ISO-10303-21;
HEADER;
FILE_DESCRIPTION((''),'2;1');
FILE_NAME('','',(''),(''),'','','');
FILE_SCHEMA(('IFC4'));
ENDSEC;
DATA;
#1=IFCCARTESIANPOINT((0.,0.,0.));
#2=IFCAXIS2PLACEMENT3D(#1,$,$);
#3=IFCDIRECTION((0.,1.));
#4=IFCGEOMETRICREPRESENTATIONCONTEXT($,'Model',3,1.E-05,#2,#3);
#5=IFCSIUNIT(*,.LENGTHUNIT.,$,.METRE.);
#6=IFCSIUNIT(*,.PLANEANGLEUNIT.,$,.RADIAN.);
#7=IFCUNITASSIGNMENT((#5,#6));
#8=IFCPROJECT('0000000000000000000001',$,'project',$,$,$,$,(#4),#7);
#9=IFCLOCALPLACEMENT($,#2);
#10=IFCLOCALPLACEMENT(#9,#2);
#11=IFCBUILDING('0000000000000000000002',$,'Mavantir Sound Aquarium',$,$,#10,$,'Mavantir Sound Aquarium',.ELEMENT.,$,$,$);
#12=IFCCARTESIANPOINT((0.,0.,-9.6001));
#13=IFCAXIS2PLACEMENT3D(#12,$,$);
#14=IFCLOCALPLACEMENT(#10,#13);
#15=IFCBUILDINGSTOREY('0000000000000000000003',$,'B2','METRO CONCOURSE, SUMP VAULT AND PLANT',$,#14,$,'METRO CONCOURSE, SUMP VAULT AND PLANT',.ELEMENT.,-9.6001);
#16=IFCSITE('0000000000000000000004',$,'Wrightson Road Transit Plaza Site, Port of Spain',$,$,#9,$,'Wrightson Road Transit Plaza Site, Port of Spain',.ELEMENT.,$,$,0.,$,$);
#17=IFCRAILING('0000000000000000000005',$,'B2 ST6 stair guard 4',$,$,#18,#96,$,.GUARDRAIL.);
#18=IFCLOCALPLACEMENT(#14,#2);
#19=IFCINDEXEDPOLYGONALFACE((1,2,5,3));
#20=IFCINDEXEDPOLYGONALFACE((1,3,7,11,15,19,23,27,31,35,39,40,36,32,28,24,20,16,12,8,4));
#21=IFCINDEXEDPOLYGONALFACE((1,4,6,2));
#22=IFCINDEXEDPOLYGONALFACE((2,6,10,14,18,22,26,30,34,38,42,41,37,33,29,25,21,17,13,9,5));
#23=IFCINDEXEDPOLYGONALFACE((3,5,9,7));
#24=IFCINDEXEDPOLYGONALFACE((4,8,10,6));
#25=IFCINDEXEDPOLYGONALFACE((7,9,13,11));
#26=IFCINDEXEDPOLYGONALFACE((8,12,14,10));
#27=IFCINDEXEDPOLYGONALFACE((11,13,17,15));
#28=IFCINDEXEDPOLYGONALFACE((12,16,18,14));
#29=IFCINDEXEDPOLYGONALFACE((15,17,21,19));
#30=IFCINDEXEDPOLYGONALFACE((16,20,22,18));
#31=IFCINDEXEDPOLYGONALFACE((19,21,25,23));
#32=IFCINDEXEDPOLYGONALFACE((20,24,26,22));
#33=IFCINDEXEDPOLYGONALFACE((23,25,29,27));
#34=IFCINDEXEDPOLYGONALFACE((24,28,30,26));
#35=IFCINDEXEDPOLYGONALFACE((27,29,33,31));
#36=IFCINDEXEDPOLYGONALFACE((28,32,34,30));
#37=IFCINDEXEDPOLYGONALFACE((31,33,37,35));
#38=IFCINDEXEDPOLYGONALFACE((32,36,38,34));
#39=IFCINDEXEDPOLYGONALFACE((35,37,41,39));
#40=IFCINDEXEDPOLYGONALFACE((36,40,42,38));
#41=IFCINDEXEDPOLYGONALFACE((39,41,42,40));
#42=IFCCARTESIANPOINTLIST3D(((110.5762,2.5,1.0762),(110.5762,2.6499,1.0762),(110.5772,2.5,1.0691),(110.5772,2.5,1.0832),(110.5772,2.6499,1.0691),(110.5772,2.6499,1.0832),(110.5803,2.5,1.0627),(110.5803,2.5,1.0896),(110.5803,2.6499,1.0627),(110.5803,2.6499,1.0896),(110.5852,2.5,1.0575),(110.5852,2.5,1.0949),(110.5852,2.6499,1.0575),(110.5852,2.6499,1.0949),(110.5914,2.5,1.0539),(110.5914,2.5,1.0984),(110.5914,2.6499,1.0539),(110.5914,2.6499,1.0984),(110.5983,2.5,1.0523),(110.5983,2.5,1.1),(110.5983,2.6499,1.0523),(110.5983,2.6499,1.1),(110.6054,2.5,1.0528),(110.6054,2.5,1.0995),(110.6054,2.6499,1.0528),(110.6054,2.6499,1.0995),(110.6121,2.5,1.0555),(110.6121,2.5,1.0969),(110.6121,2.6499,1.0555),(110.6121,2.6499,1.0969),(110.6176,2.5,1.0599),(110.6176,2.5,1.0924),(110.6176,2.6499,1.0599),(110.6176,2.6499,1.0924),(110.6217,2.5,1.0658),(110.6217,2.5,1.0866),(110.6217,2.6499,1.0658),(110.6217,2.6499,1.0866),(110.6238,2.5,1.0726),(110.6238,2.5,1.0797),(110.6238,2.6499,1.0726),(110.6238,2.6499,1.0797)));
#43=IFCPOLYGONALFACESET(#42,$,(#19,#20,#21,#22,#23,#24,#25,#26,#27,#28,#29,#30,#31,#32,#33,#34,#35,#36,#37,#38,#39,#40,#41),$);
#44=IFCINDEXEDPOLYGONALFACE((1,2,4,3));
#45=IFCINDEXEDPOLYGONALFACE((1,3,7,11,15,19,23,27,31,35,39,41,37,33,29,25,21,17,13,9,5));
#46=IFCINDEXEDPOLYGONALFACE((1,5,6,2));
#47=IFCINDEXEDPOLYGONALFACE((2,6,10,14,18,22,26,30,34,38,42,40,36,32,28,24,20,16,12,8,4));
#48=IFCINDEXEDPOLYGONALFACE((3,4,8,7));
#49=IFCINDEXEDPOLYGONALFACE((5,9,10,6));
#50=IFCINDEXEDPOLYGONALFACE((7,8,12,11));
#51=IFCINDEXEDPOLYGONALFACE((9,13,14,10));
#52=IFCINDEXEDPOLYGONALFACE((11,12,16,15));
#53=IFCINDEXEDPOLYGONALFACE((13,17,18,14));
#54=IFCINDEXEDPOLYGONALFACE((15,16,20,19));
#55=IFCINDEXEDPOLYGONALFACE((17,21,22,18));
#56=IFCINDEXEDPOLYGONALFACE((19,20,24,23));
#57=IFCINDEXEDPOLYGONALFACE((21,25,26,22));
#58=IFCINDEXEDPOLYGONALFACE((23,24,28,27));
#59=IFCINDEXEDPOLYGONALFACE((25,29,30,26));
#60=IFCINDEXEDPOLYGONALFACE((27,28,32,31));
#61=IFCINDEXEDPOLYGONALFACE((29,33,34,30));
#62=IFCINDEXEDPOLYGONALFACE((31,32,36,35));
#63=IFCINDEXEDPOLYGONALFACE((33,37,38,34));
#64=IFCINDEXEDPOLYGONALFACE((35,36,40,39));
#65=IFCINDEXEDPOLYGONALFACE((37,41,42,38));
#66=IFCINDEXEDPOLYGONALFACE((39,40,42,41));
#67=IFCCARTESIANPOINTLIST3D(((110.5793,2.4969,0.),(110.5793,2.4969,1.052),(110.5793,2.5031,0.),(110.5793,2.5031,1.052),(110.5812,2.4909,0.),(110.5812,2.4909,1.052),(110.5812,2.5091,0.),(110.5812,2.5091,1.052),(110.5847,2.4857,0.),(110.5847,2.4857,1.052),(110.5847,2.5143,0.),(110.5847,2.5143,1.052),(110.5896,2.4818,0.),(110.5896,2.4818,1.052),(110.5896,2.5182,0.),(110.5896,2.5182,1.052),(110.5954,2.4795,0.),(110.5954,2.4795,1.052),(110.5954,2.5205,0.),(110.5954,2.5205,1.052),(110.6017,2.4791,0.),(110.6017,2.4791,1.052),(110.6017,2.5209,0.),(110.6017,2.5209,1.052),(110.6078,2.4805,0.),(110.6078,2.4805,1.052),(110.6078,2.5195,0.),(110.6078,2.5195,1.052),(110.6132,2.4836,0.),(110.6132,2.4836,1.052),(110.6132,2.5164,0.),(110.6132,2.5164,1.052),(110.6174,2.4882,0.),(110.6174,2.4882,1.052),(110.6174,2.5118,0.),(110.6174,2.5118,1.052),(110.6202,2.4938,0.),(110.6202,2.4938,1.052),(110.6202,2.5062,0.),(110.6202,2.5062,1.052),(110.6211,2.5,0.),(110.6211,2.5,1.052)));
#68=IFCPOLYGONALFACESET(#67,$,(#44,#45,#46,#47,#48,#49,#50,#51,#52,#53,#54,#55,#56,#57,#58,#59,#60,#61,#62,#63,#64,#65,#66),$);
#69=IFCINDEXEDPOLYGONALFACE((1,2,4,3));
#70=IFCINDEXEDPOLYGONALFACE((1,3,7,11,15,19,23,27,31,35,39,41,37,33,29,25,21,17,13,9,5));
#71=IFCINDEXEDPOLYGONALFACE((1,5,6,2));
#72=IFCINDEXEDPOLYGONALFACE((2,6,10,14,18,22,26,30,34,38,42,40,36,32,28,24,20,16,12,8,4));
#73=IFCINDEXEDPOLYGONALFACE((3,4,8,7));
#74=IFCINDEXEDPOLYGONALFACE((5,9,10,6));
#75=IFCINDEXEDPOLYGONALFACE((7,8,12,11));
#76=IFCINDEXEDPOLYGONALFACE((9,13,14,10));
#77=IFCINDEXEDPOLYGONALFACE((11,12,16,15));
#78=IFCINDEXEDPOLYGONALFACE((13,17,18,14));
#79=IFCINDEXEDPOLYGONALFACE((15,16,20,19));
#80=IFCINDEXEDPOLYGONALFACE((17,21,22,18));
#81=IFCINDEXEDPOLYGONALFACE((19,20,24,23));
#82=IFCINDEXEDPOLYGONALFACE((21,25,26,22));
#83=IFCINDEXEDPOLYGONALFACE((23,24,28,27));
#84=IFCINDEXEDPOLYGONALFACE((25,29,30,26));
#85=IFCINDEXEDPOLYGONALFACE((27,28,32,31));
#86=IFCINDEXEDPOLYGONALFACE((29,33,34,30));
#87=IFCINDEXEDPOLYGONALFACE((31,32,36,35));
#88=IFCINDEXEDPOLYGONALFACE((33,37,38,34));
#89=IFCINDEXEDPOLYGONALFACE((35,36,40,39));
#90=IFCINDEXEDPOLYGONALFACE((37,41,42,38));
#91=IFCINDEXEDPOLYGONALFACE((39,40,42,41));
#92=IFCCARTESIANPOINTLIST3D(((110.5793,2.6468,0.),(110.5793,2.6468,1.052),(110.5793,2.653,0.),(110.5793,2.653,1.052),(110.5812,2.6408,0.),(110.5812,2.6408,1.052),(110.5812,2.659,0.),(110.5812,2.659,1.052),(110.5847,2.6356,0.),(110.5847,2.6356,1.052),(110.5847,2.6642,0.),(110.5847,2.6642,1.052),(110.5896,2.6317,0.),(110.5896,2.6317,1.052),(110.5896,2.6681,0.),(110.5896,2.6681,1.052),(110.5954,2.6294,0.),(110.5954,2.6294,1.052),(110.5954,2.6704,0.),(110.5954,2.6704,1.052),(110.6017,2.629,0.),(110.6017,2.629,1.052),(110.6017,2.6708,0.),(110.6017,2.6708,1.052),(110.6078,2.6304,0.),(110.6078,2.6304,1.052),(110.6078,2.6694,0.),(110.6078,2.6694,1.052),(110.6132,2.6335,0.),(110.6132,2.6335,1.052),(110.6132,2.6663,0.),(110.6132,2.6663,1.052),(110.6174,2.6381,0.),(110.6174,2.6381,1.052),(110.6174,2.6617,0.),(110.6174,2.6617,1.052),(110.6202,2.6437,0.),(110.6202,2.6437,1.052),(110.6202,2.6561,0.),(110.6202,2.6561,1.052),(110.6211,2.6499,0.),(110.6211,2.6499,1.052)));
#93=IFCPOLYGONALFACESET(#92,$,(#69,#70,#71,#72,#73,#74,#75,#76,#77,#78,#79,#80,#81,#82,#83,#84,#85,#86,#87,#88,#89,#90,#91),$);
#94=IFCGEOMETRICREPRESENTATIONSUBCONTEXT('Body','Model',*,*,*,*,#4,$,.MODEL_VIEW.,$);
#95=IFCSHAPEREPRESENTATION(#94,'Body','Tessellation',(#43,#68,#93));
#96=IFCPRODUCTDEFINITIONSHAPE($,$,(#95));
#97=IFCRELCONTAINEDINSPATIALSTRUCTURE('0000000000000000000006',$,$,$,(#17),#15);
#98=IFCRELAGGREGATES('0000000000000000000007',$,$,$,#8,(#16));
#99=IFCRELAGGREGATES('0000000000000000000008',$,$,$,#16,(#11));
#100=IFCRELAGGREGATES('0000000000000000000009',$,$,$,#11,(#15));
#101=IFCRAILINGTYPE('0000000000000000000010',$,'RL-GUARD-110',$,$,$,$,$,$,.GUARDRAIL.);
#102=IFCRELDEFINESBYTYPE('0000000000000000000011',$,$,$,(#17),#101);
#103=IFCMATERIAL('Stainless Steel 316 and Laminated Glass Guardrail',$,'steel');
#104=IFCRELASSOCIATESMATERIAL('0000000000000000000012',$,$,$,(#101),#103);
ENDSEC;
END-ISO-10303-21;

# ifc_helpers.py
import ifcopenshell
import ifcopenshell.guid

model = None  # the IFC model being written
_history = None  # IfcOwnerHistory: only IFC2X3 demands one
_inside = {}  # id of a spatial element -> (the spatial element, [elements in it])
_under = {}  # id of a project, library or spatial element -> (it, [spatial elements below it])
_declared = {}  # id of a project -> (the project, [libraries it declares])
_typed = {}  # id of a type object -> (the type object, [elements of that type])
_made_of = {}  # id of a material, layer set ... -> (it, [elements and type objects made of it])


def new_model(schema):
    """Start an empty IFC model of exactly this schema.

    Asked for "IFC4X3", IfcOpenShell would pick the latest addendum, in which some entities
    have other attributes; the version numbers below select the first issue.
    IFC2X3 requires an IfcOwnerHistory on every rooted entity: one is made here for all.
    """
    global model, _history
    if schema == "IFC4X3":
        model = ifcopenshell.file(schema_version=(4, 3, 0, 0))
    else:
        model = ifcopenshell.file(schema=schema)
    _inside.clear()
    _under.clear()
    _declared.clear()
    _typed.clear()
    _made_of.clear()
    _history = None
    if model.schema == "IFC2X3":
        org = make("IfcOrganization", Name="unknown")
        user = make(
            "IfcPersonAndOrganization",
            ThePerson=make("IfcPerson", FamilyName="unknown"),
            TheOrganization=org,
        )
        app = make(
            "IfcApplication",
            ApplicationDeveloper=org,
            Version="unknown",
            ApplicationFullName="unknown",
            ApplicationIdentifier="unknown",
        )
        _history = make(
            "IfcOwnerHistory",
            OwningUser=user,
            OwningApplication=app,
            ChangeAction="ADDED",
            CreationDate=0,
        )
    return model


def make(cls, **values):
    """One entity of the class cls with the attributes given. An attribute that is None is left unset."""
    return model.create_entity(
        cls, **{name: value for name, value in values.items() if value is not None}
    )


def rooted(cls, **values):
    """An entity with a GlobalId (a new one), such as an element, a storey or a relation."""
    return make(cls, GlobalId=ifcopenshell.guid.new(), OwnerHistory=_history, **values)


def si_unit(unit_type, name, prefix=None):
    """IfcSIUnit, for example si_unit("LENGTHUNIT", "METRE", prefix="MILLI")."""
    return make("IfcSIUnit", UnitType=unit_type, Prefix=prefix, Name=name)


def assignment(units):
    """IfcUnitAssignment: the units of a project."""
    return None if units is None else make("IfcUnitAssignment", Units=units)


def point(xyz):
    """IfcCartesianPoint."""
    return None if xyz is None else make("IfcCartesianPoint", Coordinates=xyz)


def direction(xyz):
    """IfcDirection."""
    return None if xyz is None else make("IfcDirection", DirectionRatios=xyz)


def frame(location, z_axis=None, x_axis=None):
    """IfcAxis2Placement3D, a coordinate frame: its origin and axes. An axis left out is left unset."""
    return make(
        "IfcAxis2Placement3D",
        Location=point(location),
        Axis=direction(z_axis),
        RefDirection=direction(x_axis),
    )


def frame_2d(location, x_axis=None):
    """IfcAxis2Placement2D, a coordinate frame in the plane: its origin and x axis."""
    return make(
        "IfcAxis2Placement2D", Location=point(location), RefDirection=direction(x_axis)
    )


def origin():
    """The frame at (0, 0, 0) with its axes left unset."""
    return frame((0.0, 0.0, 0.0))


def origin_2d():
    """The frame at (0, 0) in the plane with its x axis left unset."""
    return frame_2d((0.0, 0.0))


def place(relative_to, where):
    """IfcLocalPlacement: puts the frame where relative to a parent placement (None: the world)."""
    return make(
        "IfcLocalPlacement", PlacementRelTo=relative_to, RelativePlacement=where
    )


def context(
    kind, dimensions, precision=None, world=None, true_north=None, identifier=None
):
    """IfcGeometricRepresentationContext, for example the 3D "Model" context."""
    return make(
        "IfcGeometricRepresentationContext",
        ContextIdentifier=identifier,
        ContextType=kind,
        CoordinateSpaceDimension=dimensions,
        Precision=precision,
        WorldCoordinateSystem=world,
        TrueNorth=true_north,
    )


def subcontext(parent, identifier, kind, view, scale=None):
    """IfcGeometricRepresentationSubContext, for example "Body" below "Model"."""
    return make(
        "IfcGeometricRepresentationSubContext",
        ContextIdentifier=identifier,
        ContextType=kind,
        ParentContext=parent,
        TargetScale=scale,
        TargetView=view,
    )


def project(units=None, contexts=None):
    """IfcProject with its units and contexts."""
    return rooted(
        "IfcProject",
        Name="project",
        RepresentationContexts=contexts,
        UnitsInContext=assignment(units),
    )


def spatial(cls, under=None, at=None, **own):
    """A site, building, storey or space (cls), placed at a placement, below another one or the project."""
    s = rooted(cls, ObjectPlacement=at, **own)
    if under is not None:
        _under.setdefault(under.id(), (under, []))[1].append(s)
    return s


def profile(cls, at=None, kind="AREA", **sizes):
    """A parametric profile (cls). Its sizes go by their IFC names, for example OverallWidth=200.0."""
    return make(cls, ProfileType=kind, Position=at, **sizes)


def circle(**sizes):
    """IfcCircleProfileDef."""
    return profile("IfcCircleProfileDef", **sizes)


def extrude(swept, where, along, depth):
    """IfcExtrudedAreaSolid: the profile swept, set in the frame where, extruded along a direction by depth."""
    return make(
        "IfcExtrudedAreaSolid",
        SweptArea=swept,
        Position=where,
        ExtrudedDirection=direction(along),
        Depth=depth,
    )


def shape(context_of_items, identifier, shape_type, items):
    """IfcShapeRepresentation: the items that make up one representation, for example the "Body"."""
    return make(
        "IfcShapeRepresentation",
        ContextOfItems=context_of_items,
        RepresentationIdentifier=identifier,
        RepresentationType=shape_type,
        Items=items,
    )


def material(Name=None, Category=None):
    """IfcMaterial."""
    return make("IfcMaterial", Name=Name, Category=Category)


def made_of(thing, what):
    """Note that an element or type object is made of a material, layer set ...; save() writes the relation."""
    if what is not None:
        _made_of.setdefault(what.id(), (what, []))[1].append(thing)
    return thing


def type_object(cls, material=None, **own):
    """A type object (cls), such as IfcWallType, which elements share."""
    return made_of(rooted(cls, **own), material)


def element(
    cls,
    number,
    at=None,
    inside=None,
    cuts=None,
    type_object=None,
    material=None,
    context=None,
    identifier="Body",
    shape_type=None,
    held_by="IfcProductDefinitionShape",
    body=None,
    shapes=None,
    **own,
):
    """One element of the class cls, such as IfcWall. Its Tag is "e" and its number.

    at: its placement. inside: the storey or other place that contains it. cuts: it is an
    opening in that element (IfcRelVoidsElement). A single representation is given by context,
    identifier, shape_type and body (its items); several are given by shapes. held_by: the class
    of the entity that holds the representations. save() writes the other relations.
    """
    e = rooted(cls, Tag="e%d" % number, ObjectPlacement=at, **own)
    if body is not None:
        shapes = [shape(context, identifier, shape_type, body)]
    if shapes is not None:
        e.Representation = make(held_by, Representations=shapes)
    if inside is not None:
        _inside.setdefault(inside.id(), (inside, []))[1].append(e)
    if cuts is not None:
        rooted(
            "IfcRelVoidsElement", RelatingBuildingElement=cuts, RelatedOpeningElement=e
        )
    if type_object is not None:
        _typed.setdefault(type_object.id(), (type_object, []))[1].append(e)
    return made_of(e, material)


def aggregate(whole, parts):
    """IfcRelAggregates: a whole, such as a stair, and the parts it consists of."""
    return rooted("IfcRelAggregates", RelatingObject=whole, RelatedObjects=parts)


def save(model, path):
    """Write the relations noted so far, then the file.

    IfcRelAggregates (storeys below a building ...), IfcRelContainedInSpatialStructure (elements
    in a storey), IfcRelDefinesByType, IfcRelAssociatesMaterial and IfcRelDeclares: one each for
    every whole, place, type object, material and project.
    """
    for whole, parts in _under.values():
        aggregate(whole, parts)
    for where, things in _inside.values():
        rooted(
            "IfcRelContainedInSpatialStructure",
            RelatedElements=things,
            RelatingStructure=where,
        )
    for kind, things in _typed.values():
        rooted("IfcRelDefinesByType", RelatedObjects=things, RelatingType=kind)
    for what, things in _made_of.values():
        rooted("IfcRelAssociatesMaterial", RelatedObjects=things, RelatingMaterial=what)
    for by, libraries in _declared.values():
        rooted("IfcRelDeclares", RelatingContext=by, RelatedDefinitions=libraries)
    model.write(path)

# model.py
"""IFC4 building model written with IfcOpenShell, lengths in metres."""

from ifc_helpers import new_model, si_unit, direction, frame, origin, origin_2d, place, context, subcontext, project, spatial, circle, extrude, material, type_object, element, save


model = new_model("IFC4")

# Units and contexts
model_context = context("Model", 3, precision=1e-05, world=origin(), true_north=direction((0.0, 1.0)))
body_context = subcontext(model_context, "Body", "Model", "MODEL_VIEW")
ifc_project = project(units=[si_unit("LENGTHUNIT", "METRE"), si_unit("PLANEANGLEUNIT", "RADIAN")], contexts=[model_context])

# Site, building, storey
site_placement = place(None, origin())
site = spatial("IfcSite", under=ifc_project, at=site_placement, Name="Wrightson Road Transit Plaza Site, Port of Spain", LongName="Wrightson Road Transit Plaza Site, Port of Spain", CompositionType="ELEMENT", RefElevation=0.0)
building_placement = place(site_placement, origin())
building = spatial("IfcBuilding", under=site, at=building_placement, Name="Mavantir Sound Aquarium", LongName="Mavantir Sound Aquarium", CompositionType="ELEMENT")
storey_placement = place(building_placement, frame((0.0, 0.0, -9.6001)))
storey = spatial("IfcBuildingStorey", under=building, at=storey_placement, Name="B2", Description="METRO CONCOURSE, SUMP VAULT AND PLANT", LongName="METRO CONCOURSE, SUMP VAULT AND PLANT", CompositionType="ELEMENT", Elevation=-9.6001)

# Railing
ifc_material_1 = material(Name="Stainless Steel 316 and Laminated Glass Guardrail", Category="steel")
railing_type_1 = type_object("IfcRailingType", Name="RL-GUARD-110", PredefinedType="GUARDRAIL", material=ifc_material_1)
railing_1_placement = place(storey_placement, frame((110.6001, 2.5, 0.0)))
element("IfcRailing", 1, at=railing_1_placement, inside=storey, type_object=railing_type_1, Name="B2 ST6 stair guard 4", PredefinedType="GUARDRAIL", context=body_context, shape_type="SweptSolid", body=[
    extrude(circle(Radius=0.0239, at=origin_2d()), frame((0.0, 0.0, 1.0762), z_axis=(0.0, 1.0, 0.0), x_axis=(-1.0, 0.0, 0.0)), (0.0, 0.0, 1.0), 0.1499),
    extrude(circle(Radius=0.021, at=origin_2d()), origin(), (0.0, 0.0, 1.0), 1.052),
    extrude(circle(Radius=0.021, at=origin_2d()), frame((0.0, 0.1499, 0.0)), (0.0, 0.0, 1.0), 1.052),
])

save(model, "model.ifc")
